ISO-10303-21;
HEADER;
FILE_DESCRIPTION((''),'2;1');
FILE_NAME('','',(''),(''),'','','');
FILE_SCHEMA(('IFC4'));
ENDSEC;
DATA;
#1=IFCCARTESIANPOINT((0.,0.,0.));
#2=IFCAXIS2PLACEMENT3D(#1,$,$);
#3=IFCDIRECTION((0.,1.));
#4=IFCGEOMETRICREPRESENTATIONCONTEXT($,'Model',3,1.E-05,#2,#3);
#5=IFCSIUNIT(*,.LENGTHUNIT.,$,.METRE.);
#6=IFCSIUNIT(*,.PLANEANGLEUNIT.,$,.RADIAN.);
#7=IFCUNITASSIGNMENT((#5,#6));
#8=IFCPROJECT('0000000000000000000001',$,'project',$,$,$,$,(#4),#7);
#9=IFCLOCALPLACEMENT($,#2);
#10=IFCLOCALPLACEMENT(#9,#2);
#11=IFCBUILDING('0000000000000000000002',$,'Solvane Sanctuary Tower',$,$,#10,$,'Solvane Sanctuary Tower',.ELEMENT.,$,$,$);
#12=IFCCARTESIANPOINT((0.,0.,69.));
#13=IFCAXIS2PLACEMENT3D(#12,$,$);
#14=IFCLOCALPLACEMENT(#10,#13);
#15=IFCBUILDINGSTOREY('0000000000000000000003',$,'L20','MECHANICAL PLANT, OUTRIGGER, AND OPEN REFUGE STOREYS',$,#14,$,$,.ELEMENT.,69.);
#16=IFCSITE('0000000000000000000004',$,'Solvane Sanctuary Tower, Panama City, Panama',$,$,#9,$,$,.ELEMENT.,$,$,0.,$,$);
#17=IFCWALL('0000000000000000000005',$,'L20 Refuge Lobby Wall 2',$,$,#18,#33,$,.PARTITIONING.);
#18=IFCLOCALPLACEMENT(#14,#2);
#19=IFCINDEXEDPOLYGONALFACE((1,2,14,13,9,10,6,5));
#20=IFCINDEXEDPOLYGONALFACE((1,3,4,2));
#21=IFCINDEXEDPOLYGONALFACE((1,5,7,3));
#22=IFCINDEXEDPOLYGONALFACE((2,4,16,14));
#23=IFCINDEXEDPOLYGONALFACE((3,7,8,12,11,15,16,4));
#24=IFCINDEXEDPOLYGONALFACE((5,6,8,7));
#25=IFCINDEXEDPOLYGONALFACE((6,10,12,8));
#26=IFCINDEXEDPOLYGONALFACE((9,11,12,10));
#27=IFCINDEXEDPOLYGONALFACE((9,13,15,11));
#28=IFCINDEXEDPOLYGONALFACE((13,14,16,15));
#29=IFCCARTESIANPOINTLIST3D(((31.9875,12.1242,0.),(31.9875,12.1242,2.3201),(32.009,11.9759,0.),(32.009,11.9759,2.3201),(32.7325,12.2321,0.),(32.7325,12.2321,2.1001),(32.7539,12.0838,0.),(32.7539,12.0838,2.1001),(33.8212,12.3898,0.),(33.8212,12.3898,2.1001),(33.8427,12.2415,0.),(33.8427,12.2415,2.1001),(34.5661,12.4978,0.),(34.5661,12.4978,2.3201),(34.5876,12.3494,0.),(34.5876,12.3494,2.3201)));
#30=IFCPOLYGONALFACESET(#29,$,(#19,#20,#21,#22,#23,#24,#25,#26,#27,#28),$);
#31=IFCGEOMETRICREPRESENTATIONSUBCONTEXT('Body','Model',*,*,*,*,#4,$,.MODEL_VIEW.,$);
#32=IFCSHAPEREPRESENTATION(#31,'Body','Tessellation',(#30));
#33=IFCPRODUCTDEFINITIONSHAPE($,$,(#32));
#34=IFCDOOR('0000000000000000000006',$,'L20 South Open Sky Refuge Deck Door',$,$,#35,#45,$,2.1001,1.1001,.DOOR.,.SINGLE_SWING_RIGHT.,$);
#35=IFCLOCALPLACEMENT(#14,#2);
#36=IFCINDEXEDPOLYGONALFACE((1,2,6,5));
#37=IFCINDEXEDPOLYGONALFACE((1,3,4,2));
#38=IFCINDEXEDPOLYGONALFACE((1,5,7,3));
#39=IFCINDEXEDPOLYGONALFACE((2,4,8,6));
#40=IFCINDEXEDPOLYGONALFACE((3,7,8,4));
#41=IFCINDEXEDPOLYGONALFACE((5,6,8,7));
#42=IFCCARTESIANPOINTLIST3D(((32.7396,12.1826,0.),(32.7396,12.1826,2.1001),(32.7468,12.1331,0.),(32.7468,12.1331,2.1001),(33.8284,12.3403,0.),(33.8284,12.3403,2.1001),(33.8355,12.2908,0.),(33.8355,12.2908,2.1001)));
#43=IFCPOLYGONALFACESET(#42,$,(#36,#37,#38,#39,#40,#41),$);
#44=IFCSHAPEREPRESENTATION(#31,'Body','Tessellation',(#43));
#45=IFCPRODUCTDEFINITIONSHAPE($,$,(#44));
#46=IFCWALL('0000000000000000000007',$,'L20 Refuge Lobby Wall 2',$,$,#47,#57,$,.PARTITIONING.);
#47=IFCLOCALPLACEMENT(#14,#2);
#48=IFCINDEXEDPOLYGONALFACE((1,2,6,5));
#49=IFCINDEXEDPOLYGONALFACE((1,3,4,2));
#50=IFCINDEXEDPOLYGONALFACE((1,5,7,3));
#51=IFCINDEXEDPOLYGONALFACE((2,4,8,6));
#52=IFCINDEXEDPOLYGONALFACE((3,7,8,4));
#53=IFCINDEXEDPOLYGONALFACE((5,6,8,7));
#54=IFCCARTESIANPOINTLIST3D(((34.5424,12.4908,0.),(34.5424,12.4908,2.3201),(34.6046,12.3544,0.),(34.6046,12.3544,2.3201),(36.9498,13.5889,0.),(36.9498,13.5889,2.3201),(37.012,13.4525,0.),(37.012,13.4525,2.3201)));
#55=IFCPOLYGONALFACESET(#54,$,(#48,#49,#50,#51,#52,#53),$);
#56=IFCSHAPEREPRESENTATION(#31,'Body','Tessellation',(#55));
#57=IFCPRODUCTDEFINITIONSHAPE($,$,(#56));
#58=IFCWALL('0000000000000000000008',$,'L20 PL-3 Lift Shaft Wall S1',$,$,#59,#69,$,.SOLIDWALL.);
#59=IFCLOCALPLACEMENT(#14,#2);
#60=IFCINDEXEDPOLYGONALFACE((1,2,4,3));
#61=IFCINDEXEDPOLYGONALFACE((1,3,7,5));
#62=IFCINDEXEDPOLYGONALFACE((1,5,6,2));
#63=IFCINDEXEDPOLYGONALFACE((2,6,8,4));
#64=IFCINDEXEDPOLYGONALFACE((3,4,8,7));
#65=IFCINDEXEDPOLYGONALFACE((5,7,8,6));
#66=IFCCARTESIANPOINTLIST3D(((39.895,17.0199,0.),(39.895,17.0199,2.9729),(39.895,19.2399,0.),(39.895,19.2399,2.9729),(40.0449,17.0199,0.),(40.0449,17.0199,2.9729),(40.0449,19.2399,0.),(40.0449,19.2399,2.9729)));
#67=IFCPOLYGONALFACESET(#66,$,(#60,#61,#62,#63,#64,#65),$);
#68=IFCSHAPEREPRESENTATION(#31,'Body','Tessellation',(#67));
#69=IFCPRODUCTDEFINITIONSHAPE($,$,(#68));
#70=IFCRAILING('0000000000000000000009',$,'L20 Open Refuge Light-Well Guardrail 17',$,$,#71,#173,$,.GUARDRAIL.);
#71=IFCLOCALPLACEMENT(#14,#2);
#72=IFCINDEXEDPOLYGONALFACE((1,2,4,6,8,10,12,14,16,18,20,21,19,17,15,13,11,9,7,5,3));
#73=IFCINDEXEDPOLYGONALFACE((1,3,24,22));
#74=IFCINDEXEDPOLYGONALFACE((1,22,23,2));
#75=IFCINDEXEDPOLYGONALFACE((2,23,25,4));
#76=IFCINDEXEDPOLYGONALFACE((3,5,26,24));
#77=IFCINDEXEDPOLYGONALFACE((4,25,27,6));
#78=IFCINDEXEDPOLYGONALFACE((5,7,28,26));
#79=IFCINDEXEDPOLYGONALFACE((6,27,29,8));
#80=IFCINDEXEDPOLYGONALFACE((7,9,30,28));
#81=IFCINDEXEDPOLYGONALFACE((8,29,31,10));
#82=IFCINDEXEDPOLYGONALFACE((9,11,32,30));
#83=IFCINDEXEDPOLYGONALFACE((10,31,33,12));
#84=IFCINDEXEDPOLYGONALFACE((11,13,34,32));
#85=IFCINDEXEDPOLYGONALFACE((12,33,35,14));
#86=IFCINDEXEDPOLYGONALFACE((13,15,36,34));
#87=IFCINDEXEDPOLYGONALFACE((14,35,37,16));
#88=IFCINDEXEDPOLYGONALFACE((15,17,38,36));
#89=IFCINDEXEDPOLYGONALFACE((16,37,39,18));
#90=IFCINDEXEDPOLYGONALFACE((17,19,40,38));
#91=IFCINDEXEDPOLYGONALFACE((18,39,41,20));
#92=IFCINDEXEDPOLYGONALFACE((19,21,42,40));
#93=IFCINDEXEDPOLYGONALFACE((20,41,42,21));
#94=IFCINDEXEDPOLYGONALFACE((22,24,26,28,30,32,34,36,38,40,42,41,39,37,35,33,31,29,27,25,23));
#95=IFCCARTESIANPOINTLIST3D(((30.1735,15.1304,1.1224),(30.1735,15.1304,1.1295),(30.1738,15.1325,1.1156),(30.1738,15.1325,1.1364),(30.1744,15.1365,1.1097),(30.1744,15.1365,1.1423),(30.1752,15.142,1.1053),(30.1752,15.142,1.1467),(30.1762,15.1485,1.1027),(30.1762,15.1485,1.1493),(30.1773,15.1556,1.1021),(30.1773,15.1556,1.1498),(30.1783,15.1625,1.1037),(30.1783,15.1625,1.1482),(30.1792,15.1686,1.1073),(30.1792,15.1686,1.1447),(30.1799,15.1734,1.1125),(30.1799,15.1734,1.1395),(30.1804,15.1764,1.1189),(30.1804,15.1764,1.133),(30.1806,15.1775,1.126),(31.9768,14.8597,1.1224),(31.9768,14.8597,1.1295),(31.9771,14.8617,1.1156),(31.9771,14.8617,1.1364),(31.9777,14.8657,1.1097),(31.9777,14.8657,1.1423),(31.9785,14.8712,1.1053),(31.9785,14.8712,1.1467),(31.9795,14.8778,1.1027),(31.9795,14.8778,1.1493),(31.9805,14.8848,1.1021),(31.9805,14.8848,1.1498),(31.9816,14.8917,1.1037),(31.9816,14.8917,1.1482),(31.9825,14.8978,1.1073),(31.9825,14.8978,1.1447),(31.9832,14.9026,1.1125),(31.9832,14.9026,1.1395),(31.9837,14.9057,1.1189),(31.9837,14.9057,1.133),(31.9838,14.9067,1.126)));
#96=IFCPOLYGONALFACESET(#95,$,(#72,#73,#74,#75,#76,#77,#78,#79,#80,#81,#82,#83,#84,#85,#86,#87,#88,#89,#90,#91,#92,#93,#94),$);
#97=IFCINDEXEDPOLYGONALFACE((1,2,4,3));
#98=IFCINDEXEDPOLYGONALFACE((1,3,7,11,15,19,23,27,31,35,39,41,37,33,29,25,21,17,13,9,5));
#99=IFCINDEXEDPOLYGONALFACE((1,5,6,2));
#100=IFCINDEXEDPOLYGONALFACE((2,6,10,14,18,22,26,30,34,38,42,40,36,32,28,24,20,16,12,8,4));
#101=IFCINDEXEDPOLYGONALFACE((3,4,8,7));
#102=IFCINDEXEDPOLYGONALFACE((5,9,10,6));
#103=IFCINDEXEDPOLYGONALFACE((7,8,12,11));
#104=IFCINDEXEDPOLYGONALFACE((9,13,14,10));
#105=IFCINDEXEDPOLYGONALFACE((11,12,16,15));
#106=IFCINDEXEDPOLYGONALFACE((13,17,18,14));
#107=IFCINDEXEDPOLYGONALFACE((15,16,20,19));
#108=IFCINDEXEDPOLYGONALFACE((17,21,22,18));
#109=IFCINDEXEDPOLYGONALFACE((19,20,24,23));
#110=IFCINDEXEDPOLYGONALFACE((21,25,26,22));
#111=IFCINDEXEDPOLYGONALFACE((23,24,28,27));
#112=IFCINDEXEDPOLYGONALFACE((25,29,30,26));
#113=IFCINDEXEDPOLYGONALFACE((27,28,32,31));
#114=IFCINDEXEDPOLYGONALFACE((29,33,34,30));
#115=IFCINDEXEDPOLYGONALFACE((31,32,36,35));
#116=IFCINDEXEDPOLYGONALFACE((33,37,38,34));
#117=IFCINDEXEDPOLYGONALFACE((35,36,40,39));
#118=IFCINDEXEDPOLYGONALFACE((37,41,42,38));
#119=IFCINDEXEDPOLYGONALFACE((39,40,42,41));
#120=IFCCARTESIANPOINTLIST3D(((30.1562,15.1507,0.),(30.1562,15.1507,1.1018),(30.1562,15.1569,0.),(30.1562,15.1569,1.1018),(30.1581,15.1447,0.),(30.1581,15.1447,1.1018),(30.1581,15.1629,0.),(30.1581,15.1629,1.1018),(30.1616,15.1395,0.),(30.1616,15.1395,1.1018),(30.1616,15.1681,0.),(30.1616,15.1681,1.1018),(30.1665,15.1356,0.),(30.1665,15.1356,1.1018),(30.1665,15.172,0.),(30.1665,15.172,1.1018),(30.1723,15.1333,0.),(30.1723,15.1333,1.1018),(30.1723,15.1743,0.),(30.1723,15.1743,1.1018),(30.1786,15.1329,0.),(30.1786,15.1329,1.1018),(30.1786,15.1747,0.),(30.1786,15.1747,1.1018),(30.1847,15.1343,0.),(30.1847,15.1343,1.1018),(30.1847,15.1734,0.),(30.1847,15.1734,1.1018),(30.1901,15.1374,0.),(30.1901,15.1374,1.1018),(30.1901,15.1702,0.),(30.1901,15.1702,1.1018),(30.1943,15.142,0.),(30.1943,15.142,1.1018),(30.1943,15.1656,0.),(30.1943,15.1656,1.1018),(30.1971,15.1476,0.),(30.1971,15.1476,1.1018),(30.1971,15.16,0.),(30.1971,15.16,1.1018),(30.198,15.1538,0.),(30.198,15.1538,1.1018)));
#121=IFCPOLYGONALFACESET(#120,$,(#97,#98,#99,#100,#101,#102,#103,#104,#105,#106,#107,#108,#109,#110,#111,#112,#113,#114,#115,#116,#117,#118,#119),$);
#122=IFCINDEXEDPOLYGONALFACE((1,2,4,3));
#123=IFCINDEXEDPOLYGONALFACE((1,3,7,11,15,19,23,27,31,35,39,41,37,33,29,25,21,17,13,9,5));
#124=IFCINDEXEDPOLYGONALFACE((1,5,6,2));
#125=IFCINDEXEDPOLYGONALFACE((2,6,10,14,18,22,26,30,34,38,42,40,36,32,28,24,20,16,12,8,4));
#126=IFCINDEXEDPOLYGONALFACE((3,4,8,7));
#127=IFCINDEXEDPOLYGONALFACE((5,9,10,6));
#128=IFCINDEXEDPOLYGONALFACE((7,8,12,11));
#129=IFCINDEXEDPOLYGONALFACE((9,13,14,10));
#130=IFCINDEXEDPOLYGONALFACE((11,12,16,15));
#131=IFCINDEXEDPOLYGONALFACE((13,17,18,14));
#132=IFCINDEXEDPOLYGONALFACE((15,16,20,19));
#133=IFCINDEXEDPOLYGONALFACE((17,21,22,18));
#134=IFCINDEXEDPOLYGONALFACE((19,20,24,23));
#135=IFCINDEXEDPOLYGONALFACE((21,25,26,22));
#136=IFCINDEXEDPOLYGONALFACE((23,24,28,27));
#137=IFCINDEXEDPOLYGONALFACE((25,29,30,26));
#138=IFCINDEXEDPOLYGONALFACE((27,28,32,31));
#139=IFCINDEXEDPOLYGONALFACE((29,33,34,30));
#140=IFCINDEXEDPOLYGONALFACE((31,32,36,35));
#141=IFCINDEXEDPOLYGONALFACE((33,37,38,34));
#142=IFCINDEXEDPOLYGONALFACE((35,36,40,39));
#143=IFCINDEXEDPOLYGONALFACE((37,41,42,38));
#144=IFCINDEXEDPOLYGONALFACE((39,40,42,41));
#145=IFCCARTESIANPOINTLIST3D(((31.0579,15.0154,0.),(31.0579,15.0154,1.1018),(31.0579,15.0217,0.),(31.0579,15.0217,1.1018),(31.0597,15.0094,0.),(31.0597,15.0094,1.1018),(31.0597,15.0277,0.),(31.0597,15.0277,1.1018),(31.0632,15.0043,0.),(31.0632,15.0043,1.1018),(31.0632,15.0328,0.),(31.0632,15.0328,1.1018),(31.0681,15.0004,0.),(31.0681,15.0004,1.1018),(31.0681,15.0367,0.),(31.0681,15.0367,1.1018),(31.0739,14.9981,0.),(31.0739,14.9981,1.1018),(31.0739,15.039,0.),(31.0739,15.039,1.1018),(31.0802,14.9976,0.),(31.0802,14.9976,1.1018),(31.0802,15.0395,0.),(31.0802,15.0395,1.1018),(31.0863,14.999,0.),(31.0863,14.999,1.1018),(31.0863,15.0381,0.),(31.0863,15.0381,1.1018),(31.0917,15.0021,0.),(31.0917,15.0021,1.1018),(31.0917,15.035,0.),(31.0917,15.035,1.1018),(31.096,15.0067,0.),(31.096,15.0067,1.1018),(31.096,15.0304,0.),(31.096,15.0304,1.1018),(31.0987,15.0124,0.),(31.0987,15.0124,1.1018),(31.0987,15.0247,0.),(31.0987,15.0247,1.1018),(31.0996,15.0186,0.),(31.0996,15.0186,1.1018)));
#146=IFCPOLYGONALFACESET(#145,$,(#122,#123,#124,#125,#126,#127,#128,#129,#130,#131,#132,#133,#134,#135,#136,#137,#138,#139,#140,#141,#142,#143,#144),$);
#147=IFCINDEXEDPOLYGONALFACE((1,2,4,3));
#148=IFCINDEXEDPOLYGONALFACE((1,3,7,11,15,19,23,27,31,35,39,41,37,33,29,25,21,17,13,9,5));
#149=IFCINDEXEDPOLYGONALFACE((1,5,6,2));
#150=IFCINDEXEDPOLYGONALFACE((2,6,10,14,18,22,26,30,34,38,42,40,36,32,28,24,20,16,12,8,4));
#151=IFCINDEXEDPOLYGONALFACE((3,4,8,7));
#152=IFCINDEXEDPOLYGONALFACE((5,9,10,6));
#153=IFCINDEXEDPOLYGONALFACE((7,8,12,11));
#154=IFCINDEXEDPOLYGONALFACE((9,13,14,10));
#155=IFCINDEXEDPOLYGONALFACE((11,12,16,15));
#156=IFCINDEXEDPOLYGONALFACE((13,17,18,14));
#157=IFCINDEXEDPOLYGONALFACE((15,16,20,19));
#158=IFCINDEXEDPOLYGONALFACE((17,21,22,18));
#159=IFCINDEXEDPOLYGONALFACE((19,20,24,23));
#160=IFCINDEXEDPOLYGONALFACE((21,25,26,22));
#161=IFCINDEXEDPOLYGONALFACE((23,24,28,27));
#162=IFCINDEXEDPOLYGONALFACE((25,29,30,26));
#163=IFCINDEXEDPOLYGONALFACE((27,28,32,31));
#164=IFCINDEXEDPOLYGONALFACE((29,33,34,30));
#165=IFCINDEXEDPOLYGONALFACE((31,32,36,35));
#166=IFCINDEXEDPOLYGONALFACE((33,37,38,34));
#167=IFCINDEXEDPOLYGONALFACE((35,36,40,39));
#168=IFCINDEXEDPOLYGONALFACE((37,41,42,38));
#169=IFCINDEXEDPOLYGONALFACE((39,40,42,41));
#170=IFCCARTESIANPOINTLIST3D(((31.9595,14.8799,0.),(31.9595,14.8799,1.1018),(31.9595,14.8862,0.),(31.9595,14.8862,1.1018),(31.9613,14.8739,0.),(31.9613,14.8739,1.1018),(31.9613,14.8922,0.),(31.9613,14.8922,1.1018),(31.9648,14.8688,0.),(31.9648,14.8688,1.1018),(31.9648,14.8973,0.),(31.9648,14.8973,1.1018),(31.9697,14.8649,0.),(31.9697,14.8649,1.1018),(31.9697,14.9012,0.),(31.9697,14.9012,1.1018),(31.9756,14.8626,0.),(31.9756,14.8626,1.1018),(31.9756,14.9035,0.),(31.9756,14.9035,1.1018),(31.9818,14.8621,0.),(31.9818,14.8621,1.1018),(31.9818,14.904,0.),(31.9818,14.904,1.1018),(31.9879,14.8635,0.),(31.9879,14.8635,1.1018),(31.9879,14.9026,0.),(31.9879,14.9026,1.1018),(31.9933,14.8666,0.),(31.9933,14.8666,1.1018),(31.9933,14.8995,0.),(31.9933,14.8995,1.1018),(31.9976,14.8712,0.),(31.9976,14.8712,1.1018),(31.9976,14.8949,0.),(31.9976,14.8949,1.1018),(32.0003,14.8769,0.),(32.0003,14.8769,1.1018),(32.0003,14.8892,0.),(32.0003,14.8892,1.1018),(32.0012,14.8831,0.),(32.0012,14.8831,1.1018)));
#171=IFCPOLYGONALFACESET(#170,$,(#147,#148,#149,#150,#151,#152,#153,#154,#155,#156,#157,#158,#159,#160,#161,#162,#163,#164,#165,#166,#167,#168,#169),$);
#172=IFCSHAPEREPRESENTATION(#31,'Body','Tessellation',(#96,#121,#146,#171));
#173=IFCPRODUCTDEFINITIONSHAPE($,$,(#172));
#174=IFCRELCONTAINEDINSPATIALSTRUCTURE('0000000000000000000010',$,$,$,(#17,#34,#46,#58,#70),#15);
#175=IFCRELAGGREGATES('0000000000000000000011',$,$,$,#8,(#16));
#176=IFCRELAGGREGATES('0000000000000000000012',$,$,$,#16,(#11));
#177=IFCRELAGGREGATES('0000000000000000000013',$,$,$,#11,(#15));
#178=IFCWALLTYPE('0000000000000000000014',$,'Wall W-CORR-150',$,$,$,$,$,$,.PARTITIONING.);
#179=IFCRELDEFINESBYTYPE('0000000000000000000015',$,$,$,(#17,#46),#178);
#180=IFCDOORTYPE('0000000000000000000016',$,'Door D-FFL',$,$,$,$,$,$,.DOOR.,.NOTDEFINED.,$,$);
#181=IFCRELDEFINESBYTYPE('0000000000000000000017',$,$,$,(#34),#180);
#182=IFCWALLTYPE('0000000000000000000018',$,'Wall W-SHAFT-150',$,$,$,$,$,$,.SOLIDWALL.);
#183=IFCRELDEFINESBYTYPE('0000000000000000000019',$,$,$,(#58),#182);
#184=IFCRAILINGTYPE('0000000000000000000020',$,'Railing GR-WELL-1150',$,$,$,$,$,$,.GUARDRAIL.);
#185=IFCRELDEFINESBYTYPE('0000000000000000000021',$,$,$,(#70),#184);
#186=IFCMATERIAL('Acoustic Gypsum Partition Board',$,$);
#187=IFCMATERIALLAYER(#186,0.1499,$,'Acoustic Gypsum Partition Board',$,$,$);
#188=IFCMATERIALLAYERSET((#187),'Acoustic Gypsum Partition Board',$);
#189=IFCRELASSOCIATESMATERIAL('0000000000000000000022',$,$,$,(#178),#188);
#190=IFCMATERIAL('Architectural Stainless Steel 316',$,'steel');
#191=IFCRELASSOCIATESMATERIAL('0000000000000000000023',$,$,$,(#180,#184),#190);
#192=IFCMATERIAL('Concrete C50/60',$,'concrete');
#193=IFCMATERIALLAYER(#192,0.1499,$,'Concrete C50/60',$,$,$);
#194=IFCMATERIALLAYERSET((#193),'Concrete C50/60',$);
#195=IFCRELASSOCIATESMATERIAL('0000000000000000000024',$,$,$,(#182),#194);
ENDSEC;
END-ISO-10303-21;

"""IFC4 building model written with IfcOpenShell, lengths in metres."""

from ifc_helpers import new_model, si_unit, direction, frame, frame_2d, origin, origin_2d, place, context, subcontext, project, spatial, rectangle, circle, extrude, material, layer, layer_set, type_object, element, fill, save


model = new_model("IFC4")

# Units and contexts
model_context = context("Model", 3, precision=1e-05, world=origin(), true_north=direction((0.0, 1.0)))
body_context = subcontext(model_context, "Body", "Model", "MODEL_VIEW")
ifc_project = project(units=[si_unit("LENGTHUNIT", "METRE"), si_unit("PLANEANGLEUNIT", "RADIAN")], contexts=[model_context])

# Site, building, storey
site_placement = place(None, origin())
site = spatial("IfcSite", under=ifc_project, at=site_placement, Name="Solvane Sanctuary Tower, Panama City, Panama", CompositionType="ELEMENT", RefElevation=0.0)
building_placement = place(site_placement, origin())
building = spatial("IfcBuilding", under=site, at=building_placement, Name="Solvane Sanctuary Tower", LongName="Solvane Sanctuary Tower", CompositionType="ELEMENT")
storey_placement = place(building_placement, frame((0.0, 0.0, 69.0)))
storey = spatial("IfcBuildingStorey", under=building, at=storey_placement, Name="L20", Description="MECHANICAL PLANT, OUTRIGGER, AND OPEN REFUGE STOREYS", CompositionType="ELEMENT", Elevation=69.0)

# Shared definitions
ifc_material_1 = material(Name="Acoustic Gypsum Partition Board")
ifc_layer_1 = layer(ifc_material_1, 0.1499, Name="Acoustic Gypsum Partition Board")
ifc_layer_set_1 = layer_set([ifc_layer_1], Name="Acoustic Gypsum Partition Board")
wall_type_1 = type_object("IfcWallType", Name="Wall W-CORR-150", PredefinedType="PARTITIONING", material=ifc_layer_set_1)

# Wall, opening, door
wall_1_placement = place(storey_placement, frame((31.9983, 12.05, 0.0), z_axis=(0.0, 0.0, 1.0), x_axis=(0.98967, 0.143363, 0.0)))
wall_1 = element("IfcWall", 1, at=wall_1_placement, inside=storey, type_object=wall_type_1, Name="L20 Refuge Lobby Wall 2", PredefinedType="PARTITIONING", context=body_context, shape_type="SweptSolid", body=[
    extrude(rectangle(XDim=2.6055, YDim=0.1499, at=frame_2d((1.3027, 0.0))), origin(), (0.0, 0.0, 1.0), 2.3201),
])
opening_placement = place(wall_1_placement, frame((0.7527, 0.0, 0.0)))
opening = element("IfcOpeningElement", 2, at=opening_placement, cuts=wall_1, PredefinedType="OPENING", context=body_context, shape_type="SweptSolid", body=[
    extrude(rectangle(XDim=1.1001, YDim=2.1001, at=frame_2d((0.55, 1.05))), frame((0.0, 0.085, 0.0), z_axis=(0.0, -1.0, 0.0), x_axis=(1.0, 0.0, 0.0)), (0.0, 0.0, 1.0), 0.1699),
])
ifc_material_2 = material(Name="Architectural Stainless Steel 316", Category="steel")
door_type = type_object("IfcDoorType", Name="Door D-FFL", OperationType="NOTDEFINED", PredefinedType="DOOR", material=ifc_material_2)
door_placement = place(opening_placement, origin())
door = element("IfcDoor", 3, at=door_placement, inside=storey, type_object=door_type, Name="L20 South Open Sky Refuge Deck Door", OperationType="SINGLE_SWING_RIGHT", OverallHeight=2.1001, OverallWidth=1.1001, PredefinedType="DOOR", context=body_context, shape_type="SweptSolid", body=[
    extrude(rectangle(XDim=1.1001, YDim=2.1001, at=frame_2d((0.55, 1.05))), frame((0.0, 0.0249, 0.0), z_axis=(0.0, -1.0, 0.0), x_axis=(1.0, 0.0, 0.0)), (0.0, 0.0, 1.0), 0.05),
])
fill(opening, door)

# Walls
wall_2_placement = place(storey_placement, frame((34.5735, 12.4226, 0.0), z_axis=(0.0, 0.0, 1.0), x_axis=(0.909819, 0.415005, 0.0)))
element("IfcWall", 4, at=wall_2_placement, inside=storey, type_object=wall_type_1, Name="L20 Refuge Lobby Wall 2", PredefinedType="PARTITIONING", context=body_context, shape_type="SweptSolid", body=[
    extrude(rectangle(XDim=2.646, YDim=0.1499, at=frame_2d((1.323, 0.0))), origin(), (0.0, 0.0, 1.0), 2.3201),
])
ifc_material_3 = material(Name="Concrete C50/60", Category="concrete")
ifc_layer_2 = layer(ifc_material_3, 0.1499, Name="Concrete C50/60")
ifc_layer_set_2 = layer_set([ifc_layer_2], Name="Concrete C50/60")
wall_type_2 = type_object("IfcWallType", Name="Wall W-SHAFT-150", PredefinedType="SOLIDWALL", material=ifc_layer_set_2)
wall_3_placement = place(storey_placement, frame((39.97, 17.02, 0.0), z_axis=(0.0, 0.0, 1.0), x_axis=(0.0, 1.0, 0.0)))
element("IfcWall", 5, at=wall_3_placement, inside=storey, type_object=wall_type_2, Name="L20 PL-3 Lift Shaft Wall S1", PredefinedType="SOLIDWALL", context=body_context, shape_type="SweptSolid", body=[
    extrude(rectangle(XDim=2.22, YDim=0.1499, at=frame_2d((1.1099, 0.0))), origin(), (0.0, 0.0, 1.0), 2.9729),
])

# Railing
railing_type_1 = type_object("IfcRailingType", Name="Railing GR-WELL-1150", PredefinedType="GUARDRAIL", material=ifc_material_2)
railing_1_placement = place(storey_placement, frame((30.177, 15.1538, 0.0)))
element("IfcRailing", 6, at=railing_1_placement, inside=storey, type_object=railing_type_1, Name="L20 Open Refuge Light-Well Guardrail 17", PredefinedType="GUARDRAIL", context=body_context, shape_type="SweptSolid", body=[
    extrude(circle(Radius=0.0239, at=origin_2d()), frame((0.0, 0.0, 1.126), z_axis=(0.988915, -0.148484, 0.0), x_axis=(0.148484, 0.988915, 0.0)), (0.0, 0.0, 1.0), 1.8235),
    extrude(circle(Radius=0.021, at=origin_2d()), origin(), (0.0, 0.0, 1.0), 1.1018),
    extrude(circle(Radius=0.021, at=origin_2d()), frame((0.9016, -0.1353, 0.0)), (0.0, 0.0, 1.0), 1.1018),
    extrude(circle(Radius=0.021, at=origin_2d()), frame((1.8032, -0.2708, 0.0)), (0.0, 0.0, 1.0), 1.1018),
])

save(model, "model.ifc")
